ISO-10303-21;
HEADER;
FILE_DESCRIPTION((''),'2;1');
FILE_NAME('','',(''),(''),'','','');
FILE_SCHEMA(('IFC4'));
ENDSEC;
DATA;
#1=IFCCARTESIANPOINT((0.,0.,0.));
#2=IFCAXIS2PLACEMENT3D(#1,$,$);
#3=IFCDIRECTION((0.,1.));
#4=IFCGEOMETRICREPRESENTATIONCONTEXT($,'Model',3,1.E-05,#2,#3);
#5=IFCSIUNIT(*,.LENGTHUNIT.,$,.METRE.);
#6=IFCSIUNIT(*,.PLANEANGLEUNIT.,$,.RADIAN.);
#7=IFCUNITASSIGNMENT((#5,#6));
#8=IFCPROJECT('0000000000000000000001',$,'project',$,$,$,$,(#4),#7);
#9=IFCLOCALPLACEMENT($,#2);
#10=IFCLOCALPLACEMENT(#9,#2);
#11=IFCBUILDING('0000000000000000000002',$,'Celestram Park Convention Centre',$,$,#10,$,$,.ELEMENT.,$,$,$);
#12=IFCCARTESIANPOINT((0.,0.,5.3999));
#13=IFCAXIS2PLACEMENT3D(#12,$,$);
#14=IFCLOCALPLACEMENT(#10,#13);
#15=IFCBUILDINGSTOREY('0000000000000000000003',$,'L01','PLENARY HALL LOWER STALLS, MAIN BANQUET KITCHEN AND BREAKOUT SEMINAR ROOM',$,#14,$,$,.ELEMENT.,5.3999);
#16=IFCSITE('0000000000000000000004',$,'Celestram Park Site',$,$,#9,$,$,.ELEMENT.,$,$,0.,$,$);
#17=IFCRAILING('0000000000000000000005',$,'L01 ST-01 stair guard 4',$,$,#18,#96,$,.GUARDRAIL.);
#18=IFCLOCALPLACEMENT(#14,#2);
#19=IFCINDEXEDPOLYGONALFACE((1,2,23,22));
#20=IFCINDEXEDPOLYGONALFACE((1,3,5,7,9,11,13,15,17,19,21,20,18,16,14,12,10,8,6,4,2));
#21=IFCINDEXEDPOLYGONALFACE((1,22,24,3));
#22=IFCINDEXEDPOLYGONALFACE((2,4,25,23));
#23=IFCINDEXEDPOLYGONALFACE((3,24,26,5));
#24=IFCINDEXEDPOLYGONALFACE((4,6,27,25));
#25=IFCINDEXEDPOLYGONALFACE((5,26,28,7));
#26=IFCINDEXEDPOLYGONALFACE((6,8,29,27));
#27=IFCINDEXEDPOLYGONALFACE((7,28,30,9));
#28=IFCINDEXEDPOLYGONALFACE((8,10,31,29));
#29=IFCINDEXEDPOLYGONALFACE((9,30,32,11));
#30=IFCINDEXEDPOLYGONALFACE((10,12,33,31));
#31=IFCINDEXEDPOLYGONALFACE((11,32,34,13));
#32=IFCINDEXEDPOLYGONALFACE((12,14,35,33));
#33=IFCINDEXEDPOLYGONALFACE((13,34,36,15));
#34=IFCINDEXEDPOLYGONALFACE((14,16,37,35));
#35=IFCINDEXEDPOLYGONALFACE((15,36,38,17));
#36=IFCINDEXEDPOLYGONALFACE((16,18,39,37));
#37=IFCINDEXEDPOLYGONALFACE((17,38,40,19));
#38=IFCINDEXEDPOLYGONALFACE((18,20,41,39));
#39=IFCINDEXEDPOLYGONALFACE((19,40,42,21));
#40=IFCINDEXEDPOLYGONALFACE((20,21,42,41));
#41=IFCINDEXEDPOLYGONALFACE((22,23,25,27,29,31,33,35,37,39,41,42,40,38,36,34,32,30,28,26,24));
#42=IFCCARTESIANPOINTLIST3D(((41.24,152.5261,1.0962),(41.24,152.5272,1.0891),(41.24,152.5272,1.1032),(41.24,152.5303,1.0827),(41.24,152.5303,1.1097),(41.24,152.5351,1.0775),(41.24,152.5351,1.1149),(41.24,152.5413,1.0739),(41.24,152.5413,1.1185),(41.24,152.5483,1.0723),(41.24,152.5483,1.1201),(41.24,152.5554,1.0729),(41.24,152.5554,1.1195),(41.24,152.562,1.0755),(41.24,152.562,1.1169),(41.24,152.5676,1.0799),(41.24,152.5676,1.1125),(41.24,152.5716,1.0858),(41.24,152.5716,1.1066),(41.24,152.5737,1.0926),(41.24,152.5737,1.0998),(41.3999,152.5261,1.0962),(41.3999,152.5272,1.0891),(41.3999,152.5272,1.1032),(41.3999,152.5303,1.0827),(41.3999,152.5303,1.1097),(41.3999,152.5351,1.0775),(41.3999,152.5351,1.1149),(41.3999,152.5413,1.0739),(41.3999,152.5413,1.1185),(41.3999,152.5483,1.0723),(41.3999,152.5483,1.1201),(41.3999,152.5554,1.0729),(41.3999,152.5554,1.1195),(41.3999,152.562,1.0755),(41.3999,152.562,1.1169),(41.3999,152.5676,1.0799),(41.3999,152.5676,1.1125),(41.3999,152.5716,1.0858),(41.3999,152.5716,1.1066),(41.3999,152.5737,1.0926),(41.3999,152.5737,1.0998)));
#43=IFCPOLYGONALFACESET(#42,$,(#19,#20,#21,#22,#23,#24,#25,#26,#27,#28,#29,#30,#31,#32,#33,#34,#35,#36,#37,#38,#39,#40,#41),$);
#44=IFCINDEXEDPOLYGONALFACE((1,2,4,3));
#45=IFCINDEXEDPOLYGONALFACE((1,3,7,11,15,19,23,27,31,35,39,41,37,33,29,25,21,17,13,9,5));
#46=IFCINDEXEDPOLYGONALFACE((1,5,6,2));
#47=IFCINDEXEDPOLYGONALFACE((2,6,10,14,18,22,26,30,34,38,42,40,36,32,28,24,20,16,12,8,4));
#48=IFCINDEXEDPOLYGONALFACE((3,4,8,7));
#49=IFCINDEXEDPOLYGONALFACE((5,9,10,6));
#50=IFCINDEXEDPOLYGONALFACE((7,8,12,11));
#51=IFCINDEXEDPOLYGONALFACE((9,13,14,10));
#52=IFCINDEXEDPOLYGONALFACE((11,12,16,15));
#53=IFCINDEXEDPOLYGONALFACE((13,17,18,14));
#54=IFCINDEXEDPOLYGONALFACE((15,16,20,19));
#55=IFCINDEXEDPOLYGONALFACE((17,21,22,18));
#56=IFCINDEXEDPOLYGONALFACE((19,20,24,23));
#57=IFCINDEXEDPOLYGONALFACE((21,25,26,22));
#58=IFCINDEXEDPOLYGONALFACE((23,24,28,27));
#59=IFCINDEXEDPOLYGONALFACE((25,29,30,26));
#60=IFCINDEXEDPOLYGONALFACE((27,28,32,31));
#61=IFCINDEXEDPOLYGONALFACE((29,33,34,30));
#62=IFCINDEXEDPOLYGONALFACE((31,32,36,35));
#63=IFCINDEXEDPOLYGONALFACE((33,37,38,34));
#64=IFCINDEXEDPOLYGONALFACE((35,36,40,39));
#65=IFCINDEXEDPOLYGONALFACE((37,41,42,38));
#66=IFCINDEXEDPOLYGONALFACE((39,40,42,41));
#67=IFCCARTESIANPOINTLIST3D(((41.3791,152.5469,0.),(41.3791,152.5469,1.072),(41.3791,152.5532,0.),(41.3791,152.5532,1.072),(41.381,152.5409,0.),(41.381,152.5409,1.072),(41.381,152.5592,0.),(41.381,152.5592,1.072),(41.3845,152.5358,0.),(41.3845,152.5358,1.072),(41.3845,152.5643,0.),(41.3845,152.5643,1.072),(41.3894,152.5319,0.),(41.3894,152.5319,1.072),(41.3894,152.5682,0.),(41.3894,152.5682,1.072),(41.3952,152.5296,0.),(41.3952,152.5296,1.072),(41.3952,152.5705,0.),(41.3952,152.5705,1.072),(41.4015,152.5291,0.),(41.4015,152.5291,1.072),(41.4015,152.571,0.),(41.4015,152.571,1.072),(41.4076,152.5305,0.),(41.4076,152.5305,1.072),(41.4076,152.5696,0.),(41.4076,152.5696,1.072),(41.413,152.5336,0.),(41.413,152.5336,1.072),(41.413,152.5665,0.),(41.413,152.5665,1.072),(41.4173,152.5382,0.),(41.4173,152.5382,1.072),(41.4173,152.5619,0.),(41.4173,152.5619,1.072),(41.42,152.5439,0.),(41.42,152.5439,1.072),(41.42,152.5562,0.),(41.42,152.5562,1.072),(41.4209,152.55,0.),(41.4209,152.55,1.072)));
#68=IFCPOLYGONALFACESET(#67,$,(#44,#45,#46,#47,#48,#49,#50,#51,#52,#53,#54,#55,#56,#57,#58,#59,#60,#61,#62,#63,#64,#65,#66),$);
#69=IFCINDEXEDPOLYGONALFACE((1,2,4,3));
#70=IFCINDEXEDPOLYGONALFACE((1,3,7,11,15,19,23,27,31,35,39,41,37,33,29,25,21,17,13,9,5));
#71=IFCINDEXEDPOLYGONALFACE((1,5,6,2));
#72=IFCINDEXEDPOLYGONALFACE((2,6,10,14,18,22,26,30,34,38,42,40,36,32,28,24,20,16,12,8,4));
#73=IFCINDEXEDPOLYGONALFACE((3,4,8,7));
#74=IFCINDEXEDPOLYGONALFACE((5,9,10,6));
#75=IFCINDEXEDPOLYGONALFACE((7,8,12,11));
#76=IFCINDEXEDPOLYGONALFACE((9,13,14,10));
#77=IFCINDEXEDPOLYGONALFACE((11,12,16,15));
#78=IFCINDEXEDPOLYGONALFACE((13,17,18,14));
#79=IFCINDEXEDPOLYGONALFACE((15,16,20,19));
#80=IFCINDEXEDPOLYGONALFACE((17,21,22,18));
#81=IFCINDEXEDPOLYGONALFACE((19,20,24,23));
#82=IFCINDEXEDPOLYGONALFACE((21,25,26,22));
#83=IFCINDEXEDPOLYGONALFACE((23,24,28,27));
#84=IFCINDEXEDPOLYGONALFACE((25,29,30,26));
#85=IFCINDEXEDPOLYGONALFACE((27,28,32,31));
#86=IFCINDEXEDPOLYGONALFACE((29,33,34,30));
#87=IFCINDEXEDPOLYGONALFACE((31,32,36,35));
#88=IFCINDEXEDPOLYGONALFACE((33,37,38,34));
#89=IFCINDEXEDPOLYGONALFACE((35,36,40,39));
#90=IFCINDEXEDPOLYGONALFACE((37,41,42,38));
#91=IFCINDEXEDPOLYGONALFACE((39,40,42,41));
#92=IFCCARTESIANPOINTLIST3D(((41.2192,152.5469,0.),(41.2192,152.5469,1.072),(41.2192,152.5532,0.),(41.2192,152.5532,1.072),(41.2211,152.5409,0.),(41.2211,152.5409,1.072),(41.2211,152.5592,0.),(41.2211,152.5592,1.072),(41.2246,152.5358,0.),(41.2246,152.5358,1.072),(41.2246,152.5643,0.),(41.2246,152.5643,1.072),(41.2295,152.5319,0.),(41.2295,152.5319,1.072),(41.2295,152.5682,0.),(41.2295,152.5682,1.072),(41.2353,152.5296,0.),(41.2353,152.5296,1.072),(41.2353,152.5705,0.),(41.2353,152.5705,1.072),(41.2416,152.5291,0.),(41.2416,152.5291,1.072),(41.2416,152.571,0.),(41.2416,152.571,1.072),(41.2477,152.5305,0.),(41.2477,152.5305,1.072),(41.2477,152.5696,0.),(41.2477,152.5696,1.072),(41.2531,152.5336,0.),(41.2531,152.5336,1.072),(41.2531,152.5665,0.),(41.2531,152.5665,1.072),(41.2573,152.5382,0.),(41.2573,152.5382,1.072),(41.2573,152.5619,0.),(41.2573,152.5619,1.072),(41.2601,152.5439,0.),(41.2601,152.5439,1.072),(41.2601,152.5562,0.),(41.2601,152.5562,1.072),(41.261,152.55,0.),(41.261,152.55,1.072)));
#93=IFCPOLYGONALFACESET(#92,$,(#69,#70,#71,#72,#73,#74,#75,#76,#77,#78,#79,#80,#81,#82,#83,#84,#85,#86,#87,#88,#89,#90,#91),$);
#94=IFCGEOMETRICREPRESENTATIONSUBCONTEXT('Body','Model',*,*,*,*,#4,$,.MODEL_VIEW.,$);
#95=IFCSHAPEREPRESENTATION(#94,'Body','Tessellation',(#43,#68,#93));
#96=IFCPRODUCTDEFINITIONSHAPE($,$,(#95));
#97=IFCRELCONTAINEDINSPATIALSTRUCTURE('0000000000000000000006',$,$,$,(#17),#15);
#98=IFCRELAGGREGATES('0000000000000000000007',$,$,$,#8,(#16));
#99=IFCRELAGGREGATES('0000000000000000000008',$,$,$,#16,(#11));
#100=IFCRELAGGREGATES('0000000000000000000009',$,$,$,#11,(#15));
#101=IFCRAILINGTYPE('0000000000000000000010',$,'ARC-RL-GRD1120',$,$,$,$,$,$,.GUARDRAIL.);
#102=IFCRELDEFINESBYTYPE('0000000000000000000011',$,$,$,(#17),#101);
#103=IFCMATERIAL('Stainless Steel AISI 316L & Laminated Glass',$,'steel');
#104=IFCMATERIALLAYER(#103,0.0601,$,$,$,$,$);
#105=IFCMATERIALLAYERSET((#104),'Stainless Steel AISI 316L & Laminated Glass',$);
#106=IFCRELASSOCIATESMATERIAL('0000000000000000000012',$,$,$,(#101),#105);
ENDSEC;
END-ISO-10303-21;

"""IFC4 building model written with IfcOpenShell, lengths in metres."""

from ifc_helpers import new_model, si_unit, direction, frame, origin, origin_2d, place, context, subcontext, project, spatial, circle, extrude, material, layer, layer_set, type_object, element, save


model = new_model("IFC4")

# Units and contexts
model_context = context("Model", 3, precision=1e-05, world=origin(), true_north=direction((0.0, 1.0)))
body_context = subcontext(model_context, "Body", "Model", "MODEL_VIEW")
ifc_project = project(units=[si_unit("LENGTHUNIT", "METRE"), si_unit("PLANEANGLEUNIT", "RADIAN")], contexts=[model_context])

# Site, building, storey
site_placement = place(None, origin())
site = spatial("IfcSite", under=ifc_project, at=site_placement, Name="Celestram Park Site", CompositionType="ELEMENT", RefElevation=0.0)
building_placement = place(site_placement, origin())
building = spatial("IfcBuilding", under=site, at=building_placement, Name="Celestram Park Convention Centre", CompositionType="ELEMENT")
storey_placement = place(building_placement, frame((0.0, 0.0, 5.3999)))
storey = spatial("IfcBuildingStorey", under=building, at=storey_placement, Name="L01", Description="PLENARY HALL LOWER STALLS, MAIN BANQUET KITCHEN AND BREAKOUT SEMINAR ROOM", CompositionType="ELEMENT", Elevation=5.3999)

# Railing
ifc_material_1 = material(Name="Stainless Steel AISI 316L & Laminated Glass", Category="steel")
ifc_layer_1 = layer(ifc_material_1, 0.0601)
ifc_layer_set_1 = layer_set([ifc_layer_1], Name="Stainless Steel AISI 316L & Laminated Glass")
railing_type_1 = type_object("IfcRailingType", Name="ARC-RL-GRD1120", PredefinedType="GUARDRAIL", material=ifc_layer_set_1)
railing_1_placement = place(storey_placement, frame((41.3999, 152.55, 0.0)))
element("IfcRailing", 1, at=railing_1_placement, inside=storey, type_object=railing_type_1, Name="L01 ST-01 stair guard 4", PredefinedType="GUARDRAIL", context=body_context, shape_type="SweptSolid", body=[
    extrude(circle(Radius=0.0239, at=origin_2d()), frame((0.0, 0.0, 1.0962), z_axis=(-1.0, 0.0, 0.0), x_axis=(0.0, -1.0, 0.0)), (0.0, 0.0, 1.0), 0.1599),
    extrude(circle(Radius=0.021, at=origin_2d()), origin(), (0.0, 0.0, 1.0), 1.072),
    extrude(circle(Radius=0.021, at=origin_2d()), frame((-0.1599, 0.0, 0.0)), (0.0, 0.0, 1.0), 1.072),
])

save(model, "model.ifc")
